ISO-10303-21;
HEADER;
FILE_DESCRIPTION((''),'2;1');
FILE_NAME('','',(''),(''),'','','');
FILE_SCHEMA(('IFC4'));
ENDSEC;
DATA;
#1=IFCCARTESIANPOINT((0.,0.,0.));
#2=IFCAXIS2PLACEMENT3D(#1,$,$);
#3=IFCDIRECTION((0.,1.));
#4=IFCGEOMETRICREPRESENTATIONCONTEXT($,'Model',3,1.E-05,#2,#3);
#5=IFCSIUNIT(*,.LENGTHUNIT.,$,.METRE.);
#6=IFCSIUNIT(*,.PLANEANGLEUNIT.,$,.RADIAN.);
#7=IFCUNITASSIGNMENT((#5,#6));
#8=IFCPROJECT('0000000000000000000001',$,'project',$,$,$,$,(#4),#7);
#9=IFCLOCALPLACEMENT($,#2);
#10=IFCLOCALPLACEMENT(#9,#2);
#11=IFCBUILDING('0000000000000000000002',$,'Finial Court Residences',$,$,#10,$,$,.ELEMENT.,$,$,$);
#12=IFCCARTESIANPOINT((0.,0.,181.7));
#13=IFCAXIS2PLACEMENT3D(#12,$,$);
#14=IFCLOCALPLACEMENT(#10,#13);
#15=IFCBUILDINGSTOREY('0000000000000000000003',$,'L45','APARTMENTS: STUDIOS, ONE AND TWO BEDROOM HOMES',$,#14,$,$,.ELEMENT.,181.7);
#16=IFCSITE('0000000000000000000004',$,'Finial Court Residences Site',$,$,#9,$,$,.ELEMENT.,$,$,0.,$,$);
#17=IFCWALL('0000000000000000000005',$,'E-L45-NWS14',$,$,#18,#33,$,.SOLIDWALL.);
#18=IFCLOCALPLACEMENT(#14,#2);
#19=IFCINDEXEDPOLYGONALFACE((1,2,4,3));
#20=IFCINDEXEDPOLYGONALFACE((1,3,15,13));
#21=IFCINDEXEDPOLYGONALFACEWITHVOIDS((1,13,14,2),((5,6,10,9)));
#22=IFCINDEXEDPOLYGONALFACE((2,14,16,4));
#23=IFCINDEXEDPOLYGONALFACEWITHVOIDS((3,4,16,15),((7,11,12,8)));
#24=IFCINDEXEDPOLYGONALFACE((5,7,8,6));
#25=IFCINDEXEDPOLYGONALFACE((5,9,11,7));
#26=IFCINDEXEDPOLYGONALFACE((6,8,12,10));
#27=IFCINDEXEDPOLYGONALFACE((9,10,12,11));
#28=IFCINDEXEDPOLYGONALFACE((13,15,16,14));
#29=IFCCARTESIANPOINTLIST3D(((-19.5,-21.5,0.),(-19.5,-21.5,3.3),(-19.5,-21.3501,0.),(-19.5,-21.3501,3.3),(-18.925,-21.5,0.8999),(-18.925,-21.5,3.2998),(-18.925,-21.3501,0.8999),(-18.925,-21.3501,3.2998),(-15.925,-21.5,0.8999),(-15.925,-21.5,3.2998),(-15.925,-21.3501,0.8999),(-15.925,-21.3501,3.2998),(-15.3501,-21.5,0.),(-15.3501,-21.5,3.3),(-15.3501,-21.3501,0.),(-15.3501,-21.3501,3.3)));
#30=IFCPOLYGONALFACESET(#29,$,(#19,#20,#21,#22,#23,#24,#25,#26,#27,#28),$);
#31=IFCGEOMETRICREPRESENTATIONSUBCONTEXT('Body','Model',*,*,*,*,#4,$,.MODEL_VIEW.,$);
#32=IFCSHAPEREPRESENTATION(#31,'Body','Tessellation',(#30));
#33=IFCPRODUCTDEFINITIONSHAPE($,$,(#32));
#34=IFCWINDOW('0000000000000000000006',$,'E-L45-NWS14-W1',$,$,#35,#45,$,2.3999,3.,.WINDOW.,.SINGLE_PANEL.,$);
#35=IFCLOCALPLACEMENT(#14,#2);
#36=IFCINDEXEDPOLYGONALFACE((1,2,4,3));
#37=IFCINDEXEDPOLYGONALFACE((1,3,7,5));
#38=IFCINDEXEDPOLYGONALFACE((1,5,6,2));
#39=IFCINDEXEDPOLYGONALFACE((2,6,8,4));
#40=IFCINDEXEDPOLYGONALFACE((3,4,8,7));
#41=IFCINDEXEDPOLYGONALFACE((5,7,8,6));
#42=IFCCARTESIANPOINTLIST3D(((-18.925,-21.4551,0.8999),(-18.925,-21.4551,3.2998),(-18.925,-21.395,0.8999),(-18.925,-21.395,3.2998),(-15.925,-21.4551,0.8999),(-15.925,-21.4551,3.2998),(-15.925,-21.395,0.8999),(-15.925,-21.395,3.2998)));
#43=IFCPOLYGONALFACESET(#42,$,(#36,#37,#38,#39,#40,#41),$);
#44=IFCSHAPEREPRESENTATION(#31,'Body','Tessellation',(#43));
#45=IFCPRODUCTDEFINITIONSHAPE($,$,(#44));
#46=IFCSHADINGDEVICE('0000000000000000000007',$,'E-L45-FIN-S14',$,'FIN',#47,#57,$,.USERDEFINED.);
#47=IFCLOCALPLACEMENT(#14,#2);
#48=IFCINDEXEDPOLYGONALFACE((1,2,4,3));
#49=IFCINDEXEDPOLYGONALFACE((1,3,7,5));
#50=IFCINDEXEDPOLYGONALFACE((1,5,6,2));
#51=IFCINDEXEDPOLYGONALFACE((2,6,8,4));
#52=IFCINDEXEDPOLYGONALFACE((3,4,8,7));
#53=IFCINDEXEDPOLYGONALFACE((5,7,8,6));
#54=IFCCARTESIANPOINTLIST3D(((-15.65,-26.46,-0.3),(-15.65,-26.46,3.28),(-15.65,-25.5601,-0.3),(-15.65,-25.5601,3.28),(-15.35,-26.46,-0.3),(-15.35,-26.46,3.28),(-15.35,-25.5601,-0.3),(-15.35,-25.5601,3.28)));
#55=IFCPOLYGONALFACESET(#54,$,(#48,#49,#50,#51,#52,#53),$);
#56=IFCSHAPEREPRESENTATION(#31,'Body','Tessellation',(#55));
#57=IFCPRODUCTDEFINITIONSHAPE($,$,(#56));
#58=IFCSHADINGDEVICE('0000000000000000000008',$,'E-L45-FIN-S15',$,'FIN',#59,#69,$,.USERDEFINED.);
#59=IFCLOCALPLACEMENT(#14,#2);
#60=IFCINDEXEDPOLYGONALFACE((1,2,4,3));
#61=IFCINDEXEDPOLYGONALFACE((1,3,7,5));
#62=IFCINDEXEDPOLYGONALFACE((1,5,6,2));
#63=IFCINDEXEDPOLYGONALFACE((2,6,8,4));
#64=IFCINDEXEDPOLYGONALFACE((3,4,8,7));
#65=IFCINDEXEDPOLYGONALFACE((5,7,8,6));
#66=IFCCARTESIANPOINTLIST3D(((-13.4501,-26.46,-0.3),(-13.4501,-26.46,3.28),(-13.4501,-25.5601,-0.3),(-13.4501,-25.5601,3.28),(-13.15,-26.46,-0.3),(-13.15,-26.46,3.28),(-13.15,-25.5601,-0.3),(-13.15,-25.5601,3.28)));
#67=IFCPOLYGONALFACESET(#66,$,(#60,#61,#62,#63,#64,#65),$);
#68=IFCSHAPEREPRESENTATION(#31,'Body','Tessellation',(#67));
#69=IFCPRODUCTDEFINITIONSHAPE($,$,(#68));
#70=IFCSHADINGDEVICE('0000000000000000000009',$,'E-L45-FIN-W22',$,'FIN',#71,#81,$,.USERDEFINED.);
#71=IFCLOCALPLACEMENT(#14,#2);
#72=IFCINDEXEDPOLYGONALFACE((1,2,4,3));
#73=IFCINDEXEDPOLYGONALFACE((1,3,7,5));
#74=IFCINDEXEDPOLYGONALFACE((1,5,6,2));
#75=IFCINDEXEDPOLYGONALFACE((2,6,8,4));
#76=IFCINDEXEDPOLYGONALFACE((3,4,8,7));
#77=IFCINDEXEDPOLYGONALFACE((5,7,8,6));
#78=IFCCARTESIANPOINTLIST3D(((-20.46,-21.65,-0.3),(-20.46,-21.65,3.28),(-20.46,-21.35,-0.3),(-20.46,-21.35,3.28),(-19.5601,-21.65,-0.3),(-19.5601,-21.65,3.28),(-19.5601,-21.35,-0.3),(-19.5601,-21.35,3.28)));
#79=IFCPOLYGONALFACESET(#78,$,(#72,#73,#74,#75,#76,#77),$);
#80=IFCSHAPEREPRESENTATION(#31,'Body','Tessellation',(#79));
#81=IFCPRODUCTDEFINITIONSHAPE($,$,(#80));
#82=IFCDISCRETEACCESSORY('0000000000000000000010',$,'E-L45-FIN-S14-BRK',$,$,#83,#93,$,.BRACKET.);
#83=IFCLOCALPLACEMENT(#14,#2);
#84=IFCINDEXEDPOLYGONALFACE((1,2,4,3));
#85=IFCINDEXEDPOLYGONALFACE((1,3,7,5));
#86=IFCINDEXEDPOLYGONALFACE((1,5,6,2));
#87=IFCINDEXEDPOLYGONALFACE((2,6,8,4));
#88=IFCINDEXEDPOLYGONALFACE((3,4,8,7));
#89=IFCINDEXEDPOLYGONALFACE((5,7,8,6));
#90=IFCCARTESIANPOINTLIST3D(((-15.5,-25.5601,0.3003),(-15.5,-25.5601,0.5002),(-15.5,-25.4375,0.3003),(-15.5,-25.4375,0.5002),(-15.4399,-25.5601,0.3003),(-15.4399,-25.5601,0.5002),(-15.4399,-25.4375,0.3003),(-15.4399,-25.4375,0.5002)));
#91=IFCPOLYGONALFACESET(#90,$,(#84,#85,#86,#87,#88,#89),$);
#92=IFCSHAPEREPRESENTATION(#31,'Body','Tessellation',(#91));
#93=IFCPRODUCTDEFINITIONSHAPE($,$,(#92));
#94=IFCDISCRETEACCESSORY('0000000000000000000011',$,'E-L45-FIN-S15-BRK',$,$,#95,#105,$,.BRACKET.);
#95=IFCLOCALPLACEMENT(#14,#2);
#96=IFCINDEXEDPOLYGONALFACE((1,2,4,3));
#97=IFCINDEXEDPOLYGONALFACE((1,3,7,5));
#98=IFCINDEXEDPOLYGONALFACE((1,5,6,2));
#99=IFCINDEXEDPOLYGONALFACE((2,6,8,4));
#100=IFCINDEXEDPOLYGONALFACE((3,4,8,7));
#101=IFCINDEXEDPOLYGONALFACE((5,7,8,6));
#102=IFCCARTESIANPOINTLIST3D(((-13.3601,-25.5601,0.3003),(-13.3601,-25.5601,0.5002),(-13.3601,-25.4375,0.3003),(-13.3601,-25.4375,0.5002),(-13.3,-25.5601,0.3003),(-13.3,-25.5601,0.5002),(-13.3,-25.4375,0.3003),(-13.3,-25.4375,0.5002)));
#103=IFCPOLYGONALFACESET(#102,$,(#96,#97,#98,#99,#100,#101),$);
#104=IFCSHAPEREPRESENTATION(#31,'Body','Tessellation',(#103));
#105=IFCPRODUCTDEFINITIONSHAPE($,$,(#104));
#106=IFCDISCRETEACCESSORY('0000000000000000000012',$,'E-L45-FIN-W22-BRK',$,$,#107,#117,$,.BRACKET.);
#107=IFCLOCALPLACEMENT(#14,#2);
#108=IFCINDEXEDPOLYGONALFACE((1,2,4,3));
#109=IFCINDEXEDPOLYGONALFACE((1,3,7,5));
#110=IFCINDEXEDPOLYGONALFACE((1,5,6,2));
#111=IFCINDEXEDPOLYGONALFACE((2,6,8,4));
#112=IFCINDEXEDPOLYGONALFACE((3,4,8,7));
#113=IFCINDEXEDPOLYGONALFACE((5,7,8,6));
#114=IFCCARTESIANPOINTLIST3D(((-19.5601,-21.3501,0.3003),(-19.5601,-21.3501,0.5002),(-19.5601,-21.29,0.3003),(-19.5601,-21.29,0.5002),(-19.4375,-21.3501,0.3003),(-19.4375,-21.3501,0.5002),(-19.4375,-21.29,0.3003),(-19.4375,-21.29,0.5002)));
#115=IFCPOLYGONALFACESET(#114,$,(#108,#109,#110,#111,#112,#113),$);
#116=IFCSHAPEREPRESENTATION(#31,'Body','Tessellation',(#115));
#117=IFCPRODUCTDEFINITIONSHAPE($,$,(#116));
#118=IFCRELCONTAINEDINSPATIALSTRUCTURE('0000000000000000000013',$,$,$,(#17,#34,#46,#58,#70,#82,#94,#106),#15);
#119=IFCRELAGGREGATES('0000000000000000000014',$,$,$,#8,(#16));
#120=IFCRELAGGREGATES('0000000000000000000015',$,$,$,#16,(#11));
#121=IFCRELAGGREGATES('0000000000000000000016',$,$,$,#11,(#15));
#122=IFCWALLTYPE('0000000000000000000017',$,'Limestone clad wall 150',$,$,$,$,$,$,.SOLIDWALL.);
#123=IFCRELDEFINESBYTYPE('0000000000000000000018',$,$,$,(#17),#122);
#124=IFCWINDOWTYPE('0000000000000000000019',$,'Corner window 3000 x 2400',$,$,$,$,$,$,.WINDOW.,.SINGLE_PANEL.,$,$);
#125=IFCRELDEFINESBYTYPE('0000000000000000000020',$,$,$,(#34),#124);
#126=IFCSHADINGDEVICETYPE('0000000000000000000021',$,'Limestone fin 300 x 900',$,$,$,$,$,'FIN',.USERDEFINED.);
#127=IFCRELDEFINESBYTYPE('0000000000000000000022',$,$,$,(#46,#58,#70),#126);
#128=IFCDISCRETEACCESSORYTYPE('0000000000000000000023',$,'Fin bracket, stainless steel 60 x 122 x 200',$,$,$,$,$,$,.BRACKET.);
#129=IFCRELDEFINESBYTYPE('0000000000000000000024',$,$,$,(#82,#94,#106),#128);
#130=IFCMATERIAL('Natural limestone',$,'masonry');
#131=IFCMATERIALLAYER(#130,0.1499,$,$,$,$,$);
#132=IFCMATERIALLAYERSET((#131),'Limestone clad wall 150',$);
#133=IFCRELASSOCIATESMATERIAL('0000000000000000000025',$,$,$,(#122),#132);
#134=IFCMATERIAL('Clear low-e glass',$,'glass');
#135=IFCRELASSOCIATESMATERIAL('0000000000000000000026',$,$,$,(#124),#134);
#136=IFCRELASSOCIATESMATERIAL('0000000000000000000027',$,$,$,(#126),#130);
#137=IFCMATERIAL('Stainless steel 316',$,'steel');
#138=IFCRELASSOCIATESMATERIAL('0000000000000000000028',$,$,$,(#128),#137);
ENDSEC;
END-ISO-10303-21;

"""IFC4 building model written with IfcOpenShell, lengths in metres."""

from ifc_helpers import new_model, si_unit, direction, frame, frame_2d, origin, origin_2d, place, context, subcontext, project, spatial, rectangle, extrude, material, layer, layer_set, type_object, element, fill, save


model = new_model("IFC4")

# Units and contexts
model_context = context("Model", 3, precision=1e-05, world=origin(), true_north=direction((0.0, 1.0)))
body_context = subcontext(model_context, "Body", "Model", "MODEL_VIEW")
ifc_project = project(units=[si_unit("LENGTHUNIT", "METRE"), si_unit("PLANEANGLEUNIT", "RADIAN")], contexts=[model_context])

# Site, building, storey
site_placement = place(None, origin())
site = spatial("IfcSite", under=ifc_project, at=site_placement, Name="Finial Court Residences Site", CompositionType="ELEMENT", RefElevation=0.0)
building_placement = place(site_placement, origin())
building = spatial("IfcBuilding", under=site, at=building_placement, Name="Finial Court Residences", CompositionType="ELEMENT")
storey_placement = place(building_placement, frame((0.0, 0.0, 181.7)))
storey = spatial("IfcBuildingStorey", under=building, at=storey_placement, Name="L45", Description="APARTMENTS: STUDIOS, ONE AND TWO BEDROOM HOMES", CompositionType="ELEMENT", Elevation=181.7)

# Shared definitions
ifc_material_1 = material(Name="Clear low-e glass", Category="glass")

# Wall, opening, window
ifc_material_2 = material(Name="Natural limestone", Category="masonry")
ifc_layer_1 = layer(ifc_material_2, 0.1499)
ifc_layer_set_1 = layer_set([ifc_layer_1], Name="Limestone clad wall 150")
wall_type_1 = type_object("IfcWallType", Name="Limestone clad wall 150", PredefinedType="SOLIDWALL", material=ifc_layer_set_1)
wall_1_placement = place(storey_placement, frame((-15.3501, -21.425, 0.0), z_axis=(0.0, 0.0, 1.0), x_axis=(-1.0, 0.0, 0.0)))
wall_1 = element("IfcWall", 1, at=wall_1_placement, inside=storey, type_object=wall_type_1, Name="E-L45-NWS14", PredefinedType="SOLIDWALL", context=body_context, shape_type="SweptSolid", body=[
    extrude(rectangle(XDim=4.1499, YDim=0.1499, at=frame_2d((2.075, 0.0))), origin(), (0.0, 0.0, 1.0), 3.3),
])
opening_1_placement = place(wall_1_placement, frame((0.575, 0.0, 0.8999)))
opening_1 = element("IfcOpeningElement", 2, at=opening_1_placement, cuts=wall_1, PredefinedType="OPENING", context=body_context, shape_type="SweptSolid", body=[
    extrude(rectangle(XDim=3.0, YDim=2.3999, at=frame_2d((1.5, 1.2))), frame((0.0, 0.085, 0.0), z_axis=(0.0, -1.0, 0.0), x_axis=(1.0, 0.0, 0.0)), (0.0, 0.0, 1.0), 0.1699),
])
window_type_1 = type_object("IfcWindowType", Name="Corner window 3000 x 2400", PartitioningType="SINGLE_PANEL", PredefinedType="WINDOW", material=ifc_material_1)
window_1_placement = place(opening_1_placement, origin())
window_1 = element("IfcWindow", 3, at=window_1_placement, inside=storey, type_object=window_type_1, Name="E-L45-NWS14-W1", OverallHeight=2.3999, OverallWidth=3.0, PartitioningType="SINGLE_PANEL", PredefinedType="WINDOW", context=body_context, shape_type="SweptSolid", body=[
    extrude(rectangle(XDim=3.0, YDim=2.3999, at=frame_2d((1.5, 1.2))), frame((0.0, 0.03, 0.0), z_axis=(0.0, -1.0, 0.0), x_axis=(1.0, 0.0, 0.0)), (0.0, 0.0, 1.0), 0.0601),
])
fill(opening_1, window_1)

# Shading devices
shading_device_type = type_object("IfcShadingDeviceType", Name="Limestone fin 300 x 900", ElementType="FIN", PredefinedType="USERDEFINED", material=ifc_material_2)
for number, where, z_axis, x_axis, name in (
    (4, (-15.5, -26.01, -0.3), (0.0, 0.0, 1.0), (1.0, 0.0, 0.0), "E-L45-FIN-S14"),
    (5, (-13.3, -26.01, -0.3), (0.0, 0.0, 1.0), (1.0, 0.0, 0.0), "E-L45-FIN-S15"),
):
    element("IfcShadingDevice", number, at=place(storey_placement, frame(where, z_axis=z_axis, x_axis=x_axis)), inside=storey, type_object=shading_device_type, Name=name, ObjectType="FIN", PredefinedType="USERDEFINED", context=body_context, shape_type="SweptSolid", body=[
        extrude(rectangle(XDim=0.3, YDim=0.8999, at=origin_2d()), origin(), (0.0, 0.0, 1.0), 3.5801),
    ])
shading_device_placement = place(storey_placement, frame((-20.01, -21.5, -0.3), z_axis=(0.0, 0.0, 1.0), x_axis=(1.0, 0.0, 0.0)))
element("IfcShadingDevice", 6, at=shading_device_placement, inside=storey, type_object=shading_device_type, Name="E-L45-FIN-W22", ObjectType="FIN", PredefinedType="USERDEFINED", context=body_context, shape_type="SweptSolid", body=[
    extrude(rectangle(XDim=0.8999, YDim=0.3, at=origin_2d()), origin(), (0.0, 0.0, 1.0), 3.5801),
])

# Discrete accessories
ifc_material_3 = material(Name="Stainless steel 316", Category="steel")
discrete_accessory_type = type_object("IfcDiscreteAccessoryType", Name="Fin bracket, stainless steel 60 x 122 x 200", PredefinedType="BRACKET", material=ifc_material_3)
for number, where, z_axis, x_axis, name in (
    (7, (-15.47, -25.4988, 0.3003), (0.0, 0.0, 1.0), (1.0, 0.0, 0.0), "E-L45-FIN-S14-BRK"),
    (8, (-13.3301, -25.4988, 0.3003), (0.0, 0.0, 1.0), (1.0, 0.0, 0.0), "E-L45-FIN-S15-BRK"),
):
    element("IfcDiscreteAccessory", number, at=place(storey_placement, frame(where, z_axis=z_axis, x_axis=x_axis)), inside=storey, type_object=discrete_accessory_type, Name=name, PredefinedType="BRACKET", context=body_context, shape_type="SweptSolid", body=[
        extrude(rectangle(XDim=0.0601, YDim=0.1226, at=origin_2d()), origin(), (0.0, 0.0, 1.0), 0.2),
    ])
discrete_accessory_placement = place(storey_placement, frame((-19.4988, -21.3201, 0.3003), z_axis=(0.0, 0.0, 1.0), x_axis=(1.0, 0.0, 0.0)))
element("IfcDiscreteAccessory", 9, at=discrete_accessory_placement, inside=storey, type_object=discrete_accessory_type, Name="E-L45-FIN-W22-BRK", PredefinedType="BRACKET", context=body_context, shape_type="SweptSolid", body=[
    extrude(rectangle(XDim=0.1226, YDim=0.0601, at=origin_2d()), origin(), (0.0, 0.0, 1.0), 0.2),
])

save(model, "model.ifc")
